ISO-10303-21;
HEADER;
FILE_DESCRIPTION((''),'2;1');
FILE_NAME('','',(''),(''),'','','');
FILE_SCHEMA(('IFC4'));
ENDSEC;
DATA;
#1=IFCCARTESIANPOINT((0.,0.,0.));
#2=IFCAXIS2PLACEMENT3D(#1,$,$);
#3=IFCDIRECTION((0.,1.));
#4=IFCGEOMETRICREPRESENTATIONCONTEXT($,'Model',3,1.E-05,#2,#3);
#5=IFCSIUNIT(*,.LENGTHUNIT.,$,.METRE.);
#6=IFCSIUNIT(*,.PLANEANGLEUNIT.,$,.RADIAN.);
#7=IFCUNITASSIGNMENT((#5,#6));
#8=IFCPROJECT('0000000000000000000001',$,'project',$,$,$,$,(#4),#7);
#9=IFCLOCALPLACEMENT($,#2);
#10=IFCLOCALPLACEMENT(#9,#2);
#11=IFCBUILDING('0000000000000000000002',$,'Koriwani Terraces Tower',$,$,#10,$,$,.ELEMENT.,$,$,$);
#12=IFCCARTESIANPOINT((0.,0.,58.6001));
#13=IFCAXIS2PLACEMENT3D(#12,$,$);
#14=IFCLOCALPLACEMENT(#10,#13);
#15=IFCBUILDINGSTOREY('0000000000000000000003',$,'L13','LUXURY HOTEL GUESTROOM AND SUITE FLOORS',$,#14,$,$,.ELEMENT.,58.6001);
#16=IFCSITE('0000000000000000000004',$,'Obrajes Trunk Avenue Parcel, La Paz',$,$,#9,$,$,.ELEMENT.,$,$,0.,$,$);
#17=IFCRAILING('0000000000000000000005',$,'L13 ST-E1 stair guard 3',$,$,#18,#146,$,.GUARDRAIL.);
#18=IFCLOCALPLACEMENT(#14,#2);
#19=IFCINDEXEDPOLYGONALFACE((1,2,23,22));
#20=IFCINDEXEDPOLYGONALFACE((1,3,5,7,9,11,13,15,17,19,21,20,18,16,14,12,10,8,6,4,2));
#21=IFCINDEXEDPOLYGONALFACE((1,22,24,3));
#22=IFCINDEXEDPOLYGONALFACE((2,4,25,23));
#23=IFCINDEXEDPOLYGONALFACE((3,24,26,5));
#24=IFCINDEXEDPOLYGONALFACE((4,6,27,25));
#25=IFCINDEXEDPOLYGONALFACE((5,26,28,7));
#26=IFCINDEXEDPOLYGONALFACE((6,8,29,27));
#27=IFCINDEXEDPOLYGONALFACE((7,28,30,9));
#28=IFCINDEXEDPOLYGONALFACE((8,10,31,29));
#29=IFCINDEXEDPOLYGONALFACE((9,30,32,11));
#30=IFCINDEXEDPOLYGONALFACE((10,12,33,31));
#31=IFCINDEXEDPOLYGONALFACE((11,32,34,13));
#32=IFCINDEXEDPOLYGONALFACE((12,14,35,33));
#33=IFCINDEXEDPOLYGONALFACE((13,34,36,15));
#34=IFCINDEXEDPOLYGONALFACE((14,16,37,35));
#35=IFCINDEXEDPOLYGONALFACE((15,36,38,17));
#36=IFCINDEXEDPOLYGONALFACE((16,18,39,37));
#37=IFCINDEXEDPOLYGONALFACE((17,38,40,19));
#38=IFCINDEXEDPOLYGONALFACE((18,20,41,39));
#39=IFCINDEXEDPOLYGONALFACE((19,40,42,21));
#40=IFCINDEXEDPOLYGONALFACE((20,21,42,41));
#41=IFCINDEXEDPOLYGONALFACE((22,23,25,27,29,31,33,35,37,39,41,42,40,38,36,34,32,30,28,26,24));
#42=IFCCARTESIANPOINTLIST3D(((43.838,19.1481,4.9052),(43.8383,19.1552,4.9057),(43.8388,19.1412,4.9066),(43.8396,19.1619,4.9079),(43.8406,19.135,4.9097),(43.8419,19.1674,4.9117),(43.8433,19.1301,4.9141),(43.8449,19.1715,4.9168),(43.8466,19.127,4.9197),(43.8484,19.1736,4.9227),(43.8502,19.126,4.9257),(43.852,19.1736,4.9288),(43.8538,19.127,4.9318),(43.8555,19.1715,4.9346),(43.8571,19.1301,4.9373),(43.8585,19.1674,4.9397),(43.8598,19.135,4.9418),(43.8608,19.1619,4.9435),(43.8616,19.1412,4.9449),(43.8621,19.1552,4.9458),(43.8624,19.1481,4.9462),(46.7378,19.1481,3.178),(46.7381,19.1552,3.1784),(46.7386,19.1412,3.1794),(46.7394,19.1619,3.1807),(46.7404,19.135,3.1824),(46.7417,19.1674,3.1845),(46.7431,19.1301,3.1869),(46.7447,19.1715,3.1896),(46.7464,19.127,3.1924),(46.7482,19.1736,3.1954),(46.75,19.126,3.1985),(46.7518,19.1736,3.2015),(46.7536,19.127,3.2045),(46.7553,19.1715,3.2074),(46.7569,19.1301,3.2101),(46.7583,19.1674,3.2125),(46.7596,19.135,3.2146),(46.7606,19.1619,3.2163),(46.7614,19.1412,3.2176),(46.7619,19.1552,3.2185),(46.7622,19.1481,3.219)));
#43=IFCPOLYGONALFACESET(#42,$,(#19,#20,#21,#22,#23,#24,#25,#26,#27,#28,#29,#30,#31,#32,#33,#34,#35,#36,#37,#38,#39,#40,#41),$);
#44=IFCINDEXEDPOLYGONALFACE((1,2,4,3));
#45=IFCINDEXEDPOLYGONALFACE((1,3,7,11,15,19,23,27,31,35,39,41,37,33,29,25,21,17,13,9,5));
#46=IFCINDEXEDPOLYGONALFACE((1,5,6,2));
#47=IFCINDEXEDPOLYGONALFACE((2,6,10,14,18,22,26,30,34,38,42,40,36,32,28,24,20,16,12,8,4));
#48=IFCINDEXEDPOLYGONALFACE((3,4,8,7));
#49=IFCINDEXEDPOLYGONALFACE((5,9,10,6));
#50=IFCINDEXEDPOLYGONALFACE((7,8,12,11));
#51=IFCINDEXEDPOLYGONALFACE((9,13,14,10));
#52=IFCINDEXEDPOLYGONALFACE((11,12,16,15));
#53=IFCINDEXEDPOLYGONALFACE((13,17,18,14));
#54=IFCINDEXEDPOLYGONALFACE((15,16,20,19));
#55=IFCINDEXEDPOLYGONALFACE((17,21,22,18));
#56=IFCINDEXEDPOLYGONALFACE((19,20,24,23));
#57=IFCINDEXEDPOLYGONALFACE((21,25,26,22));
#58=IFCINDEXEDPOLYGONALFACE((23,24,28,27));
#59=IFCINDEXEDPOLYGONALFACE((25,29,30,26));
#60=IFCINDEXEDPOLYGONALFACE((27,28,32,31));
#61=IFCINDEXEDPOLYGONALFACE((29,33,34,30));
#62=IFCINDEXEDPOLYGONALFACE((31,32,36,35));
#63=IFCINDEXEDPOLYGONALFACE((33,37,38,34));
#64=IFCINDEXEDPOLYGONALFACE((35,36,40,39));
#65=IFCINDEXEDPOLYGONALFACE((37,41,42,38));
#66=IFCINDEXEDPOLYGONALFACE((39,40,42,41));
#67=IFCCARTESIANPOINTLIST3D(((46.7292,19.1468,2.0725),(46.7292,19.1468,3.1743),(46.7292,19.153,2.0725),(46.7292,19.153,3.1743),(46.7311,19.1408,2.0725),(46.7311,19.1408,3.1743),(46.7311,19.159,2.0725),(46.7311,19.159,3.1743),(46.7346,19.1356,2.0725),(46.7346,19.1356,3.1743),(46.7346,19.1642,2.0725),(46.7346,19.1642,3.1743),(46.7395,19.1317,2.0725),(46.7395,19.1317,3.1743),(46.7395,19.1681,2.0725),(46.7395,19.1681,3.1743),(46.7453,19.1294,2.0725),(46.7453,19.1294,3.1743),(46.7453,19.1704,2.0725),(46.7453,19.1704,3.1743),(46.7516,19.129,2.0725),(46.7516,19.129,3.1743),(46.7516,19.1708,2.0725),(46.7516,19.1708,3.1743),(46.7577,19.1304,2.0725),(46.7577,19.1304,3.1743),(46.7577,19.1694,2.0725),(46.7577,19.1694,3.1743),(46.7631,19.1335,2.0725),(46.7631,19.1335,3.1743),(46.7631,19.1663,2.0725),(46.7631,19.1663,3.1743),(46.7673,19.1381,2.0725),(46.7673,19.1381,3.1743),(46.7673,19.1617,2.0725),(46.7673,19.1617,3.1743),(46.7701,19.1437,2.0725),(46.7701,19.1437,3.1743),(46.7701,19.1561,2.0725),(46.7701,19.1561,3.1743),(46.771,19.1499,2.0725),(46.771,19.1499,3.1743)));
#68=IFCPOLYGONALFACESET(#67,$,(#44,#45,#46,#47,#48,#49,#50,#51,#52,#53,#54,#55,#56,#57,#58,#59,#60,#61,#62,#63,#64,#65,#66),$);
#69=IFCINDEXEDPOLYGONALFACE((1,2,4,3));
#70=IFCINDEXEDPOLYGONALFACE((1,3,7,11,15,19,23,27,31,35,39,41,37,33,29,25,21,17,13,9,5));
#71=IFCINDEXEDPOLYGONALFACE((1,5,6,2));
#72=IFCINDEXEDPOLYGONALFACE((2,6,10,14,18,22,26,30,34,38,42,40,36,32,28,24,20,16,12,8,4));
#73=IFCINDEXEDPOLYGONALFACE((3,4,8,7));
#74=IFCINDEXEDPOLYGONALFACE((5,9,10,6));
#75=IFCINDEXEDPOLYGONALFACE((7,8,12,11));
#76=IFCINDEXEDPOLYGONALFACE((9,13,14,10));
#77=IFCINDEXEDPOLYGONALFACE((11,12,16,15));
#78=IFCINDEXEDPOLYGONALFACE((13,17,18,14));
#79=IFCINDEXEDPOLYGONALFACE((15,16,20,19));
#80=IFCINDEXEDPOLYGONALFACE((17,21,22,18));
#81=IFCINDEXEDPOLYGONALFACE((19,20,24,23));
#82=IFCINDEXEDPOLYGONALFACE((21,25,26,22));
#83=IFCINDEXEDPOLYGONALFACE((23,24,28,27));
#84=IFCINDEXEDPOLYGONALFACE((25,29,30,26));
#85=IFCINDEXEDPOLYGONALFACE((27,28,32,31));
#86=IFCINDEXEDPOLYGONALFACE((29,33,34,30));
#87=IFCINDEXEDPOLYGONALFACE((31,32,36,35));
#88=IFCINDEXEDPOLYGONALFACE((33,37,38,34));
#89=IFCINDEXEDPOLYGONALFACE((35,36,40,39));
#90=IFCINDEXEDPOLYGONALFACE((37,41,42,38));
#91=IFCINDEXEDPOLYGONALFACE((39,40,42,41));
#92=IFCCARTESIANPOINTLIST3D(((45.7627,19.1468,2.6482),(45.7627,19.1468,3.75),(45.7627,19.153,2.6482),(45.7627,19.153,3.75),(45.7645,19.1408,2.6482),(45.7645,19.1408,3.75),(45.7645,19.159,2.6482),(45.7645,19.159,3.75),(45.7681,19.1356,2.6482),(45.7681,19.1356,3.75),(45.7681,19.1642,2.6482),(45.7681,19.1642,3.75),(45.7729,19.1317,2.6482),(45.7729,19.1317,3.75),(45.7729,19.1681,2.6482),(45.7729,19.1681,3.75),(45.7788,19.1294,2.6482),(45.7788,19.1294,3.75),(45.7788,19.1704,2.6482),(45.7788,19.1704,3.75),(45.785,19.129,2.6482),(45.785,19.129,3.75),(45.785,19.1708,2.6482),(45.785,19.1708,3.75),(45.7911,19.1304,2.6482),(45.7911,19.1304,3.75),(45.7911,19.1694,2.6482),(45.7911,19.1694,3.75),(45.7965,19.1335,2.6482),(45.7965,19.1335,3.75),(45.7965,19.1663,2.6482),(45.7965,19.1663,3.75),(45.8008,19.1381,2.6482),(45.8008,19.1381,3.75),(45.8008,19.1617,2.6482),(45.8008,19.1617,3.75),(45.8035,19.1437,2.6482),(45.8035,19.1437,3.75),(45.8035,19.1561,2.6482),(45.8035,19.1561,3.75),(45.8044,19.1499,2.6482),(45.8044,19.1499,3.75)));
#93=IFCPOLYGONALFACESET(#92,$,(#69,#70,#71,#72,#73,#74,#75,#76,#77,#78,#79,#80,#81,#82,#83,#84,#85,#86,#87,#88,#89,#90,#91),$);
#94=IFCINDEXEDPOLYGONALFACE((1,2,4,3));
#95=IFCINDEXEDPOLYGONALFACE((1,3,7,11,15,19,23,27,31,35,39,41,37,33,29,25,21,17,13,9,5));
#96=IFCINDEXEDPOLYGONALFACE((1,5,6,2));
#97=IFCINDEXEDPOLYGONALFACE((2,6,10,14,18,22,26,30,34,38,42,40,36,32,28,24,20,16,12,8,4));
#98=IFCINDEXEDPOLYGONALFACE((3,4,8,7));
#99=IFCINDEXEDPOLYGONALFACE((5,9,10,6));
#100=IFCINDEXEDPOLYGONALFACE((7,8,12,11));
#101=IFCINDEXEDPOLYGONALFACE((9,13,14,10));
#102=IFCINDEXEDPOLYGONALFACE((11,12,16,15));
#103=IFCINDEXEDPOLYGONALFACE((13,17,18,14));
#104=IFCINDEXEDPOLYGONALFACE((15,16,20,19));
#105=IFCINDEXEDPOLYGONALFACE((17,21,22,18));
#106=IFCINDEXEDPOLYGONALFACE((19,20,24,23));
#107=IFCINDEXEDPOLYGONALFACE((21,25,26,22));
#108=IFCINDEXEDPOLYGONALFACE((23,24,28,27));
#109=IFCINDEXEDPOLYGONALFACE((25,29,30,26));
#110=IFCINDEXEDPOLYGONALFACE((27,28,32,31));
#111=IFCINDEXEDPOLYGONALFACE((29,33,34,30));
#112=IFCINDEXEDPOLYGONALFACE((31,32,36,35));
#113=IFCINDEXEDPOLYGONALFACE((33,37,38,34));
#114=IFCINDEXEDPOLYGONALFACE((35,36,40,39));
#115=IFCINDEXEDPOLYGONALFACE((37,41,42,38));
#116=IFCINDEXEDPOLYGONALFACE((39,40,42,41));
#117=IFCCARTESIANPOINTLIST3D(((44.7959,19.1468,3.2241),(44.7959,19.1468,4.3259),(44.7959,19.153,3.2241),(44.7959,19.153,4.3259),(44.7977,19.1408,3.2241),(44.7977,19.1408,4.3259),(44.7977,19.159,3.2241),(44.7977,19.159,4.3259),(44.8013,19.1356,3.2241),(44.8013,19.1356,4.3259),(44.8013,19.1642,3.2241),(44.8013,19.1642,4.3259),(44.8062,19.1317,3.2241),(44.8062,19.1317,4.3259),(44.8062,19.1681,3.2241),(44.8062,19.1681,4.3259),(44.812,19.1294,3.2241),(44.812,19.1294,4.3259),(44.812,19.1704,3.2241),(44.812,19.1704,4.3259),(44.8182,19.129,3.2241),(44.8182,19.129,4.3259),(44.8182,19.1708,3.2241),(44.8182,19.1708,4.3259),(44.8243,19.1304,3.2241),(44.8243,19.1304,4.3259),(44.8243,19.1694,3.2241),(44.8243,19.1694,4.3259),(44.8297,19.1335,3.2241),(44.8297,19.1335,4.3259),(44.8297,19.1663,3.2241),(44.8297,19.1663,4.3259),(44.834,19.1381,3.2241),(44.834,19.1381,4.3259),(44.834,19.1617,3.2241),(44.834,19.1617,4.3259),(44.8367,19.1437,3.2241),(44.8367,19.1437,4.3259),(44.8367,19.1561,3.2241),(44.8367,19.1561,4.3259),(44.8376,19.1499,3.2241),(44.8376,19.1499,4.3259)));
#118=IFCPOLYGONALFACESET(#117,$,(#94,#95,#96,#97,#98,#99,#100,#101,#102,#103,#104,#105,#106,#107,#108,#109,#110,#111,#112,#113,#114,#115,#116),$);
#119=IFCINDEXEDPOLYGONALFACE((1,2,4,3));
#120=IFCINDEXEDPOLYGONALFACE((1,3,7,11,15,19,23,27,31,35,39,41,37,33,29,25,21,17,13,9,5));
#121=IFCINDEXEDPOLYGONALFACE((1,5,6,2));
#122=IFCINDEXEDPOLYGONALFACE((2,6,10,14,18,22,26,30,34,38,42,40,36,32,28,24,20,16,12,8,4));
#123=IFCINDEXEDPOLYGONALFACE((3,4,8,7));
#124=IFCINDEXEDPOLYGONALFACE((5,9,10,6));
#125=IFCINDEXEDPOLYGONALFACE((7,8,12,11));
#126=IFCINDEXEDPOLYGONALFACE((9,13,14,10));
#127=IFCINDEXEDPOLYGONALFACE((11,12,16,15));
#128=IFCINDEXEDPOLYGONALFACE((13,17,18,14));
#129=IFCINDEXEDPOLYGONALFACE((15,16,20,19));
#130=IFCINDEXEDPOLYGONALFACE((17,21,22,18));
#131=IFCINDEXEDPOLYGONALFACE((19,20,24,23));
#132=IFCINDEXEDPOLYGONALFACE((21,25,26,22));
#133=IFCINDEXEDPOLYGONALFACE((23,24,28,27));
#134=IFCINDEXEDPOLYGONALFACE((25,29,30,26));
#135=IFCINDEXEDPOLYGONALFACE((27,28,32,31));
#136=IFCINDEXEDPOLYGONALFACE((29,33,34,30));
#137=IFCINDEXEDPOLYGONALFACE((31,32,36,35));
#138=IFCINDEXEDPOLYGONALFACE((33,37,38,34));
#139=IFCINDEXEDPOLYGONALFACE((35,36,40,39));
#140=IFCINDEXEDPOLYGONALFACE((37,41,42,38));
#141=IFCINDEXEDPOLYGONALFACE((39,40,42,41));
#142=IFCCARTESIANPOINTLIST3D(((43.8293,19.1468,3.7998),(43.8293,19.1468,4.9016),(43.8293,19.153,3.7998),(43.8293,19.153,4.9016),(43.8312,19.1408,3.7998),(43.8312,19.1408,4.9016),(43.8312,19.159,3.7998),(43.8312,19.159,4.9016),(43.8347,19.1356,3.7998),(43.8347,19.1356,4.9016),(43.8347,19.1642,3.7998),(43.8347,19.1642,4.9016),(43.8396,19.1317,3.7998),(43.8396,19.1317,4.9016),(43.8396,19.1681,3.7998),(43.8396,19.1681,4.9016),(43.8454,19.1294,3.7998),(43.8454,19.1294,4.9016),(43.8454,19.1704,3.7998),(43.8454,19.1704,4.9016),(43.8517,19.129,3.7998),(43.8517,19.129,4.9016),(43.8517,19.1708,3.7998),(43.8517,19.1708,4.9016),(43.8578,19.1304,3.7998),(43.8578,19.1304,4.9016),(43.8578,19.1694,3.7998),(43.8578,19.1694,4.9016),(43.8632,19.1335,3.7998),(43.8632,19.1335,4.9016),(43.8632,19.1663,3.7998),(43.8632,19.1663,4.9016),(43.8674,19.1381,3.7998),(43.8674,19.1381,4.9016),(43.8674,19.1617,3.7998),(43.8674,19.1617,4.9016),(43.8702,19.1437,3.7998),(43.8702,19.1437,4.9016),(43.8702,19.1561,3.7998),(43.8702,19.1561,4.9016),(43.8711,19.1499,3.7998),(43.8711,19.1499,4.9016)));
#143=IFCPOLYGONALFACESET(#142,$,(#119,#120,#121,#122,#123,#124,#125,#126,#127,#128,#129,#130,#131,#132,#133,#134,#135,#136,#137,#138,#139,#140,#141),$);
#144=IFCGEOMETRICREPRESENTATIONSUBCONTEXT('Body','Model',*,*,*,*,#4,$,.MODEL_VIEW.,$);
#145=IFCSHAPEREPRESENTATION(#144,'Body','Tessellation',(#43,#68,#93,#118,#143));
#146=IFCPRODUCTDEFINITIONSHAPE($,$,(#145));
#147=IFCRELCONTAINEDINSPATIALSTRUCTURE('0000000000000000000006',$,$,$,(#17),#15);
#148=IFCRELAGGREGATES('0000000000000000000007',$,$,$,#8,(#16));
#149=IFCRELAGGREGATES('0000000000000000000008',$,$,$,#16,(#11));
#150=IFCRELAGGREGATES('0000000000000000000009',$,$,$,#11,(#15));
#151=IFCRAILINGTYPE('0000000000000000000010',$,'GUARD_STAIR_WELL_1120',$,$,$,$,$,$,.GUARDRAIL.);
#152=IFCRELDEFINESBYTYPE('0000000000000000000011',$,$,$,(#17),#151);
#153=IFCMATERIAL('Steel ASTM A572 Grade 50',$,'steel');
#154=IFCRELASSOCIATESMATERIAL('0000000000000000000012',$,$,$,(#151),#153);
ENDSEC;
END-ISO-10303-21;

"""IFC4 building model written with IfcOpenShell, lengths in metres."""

from ifc_helpers import new_model, si_unit, direction, frame, origin, origin_2d, place, context, subcontext, project, spatial, circle, extrude, material, type_object, element, save


model = new_model("IFC4")

# Units and contexts
model_context = context("Model", 3, precision=1e-05, world=origin(), true_north=direction((0.0, 1.0)))
body_context = subcontext(model_context, "Body", "Model", "MODEL_VIEW")
ifc_project = project(units=[si_unit("LENGTHUNIT", "METRE"), si_unit("PLANEANGLEUNIT", "RADIAN")], contexts=[model_context])

# Site, building, storey
site_placement = place(None, origin())
site = spatial("IfcSite", under=ifc_project, at=site_placement, Name="Obrajes Trunk Avenue Parcel, La Paz", CompositionType="ELEMENT", RefElevation=0.0)
building_placement = place(site_placement, origin())
building = spatial("IfcBuilding", under=site, at=building_placement, Name="Koriwani Terraces Tower", CompositionType="ELEMENT")
storey_placement = place(building_placement, frame((0.0, 0.0, 58.6001)))
storey = spatial("IfcBuildingStorey", under=building, at=storey_placement, Name="L13", Description="LUXURY HOTEL GUESTROOM AND SUITE FLOORS", CompositionType="ELEMENT", Elevation=58.6001)

# Shared definitions
ifc_material_1 = material(Name="Steel ASTM A572 Grade 50", Category="steel")

# Railing
railing_type_1 = type_object("IfcRailingType", Name="GUARD_STAIR_WELL_1120", PredefinedType="GUARDRAIL", material=ifc_material_1)
railing_1_placement = place(storey_placement, frame((46.75, 19.1499, 2.0725)))
element("IfcRailing", 1, at=railing_1_placement, inside=storey, type_object=railing_type_1, Name="L13 ST-E1 stair guard 3", PredefinedType="GUARDRAIL", context=body_context, shape_type="SweptSolid", body=[
    extrude(circle(Radius=0.0239, at=origin_2d()), frame((0.0, 0.0, 1.126), z_axis=(-0.859141, 0.0, 0.511738), x_axis=(0.0, -1.0, 0.0)), (0.0, 0.0, 1.0), 3.3752),
    extrude(circle(Radius=0.021, at=origin_2d()), origin(), (0.0, 0.0, 1.0), 1.1018),
    extrude(circle(Radius=0.021, at=origin_2d()), frame((-0.9666, 0.0, 0.5757)), (0.0, 0.0, 1.0), 1.1018),
    extrude(circle(Radius=0.021, at=origin_2d()), frame((-1.9333, 0.0, 1.1516)), (0.0, 0.0, 1.0), 1.1018),
    extrude(circle(Radius=0.021, at=origin_2d()), frame((-2.8999, 0.0, 1.7273)), (0.0, 0.0, 1.0), 1.1018),
])

save(model, "model.ifc")
